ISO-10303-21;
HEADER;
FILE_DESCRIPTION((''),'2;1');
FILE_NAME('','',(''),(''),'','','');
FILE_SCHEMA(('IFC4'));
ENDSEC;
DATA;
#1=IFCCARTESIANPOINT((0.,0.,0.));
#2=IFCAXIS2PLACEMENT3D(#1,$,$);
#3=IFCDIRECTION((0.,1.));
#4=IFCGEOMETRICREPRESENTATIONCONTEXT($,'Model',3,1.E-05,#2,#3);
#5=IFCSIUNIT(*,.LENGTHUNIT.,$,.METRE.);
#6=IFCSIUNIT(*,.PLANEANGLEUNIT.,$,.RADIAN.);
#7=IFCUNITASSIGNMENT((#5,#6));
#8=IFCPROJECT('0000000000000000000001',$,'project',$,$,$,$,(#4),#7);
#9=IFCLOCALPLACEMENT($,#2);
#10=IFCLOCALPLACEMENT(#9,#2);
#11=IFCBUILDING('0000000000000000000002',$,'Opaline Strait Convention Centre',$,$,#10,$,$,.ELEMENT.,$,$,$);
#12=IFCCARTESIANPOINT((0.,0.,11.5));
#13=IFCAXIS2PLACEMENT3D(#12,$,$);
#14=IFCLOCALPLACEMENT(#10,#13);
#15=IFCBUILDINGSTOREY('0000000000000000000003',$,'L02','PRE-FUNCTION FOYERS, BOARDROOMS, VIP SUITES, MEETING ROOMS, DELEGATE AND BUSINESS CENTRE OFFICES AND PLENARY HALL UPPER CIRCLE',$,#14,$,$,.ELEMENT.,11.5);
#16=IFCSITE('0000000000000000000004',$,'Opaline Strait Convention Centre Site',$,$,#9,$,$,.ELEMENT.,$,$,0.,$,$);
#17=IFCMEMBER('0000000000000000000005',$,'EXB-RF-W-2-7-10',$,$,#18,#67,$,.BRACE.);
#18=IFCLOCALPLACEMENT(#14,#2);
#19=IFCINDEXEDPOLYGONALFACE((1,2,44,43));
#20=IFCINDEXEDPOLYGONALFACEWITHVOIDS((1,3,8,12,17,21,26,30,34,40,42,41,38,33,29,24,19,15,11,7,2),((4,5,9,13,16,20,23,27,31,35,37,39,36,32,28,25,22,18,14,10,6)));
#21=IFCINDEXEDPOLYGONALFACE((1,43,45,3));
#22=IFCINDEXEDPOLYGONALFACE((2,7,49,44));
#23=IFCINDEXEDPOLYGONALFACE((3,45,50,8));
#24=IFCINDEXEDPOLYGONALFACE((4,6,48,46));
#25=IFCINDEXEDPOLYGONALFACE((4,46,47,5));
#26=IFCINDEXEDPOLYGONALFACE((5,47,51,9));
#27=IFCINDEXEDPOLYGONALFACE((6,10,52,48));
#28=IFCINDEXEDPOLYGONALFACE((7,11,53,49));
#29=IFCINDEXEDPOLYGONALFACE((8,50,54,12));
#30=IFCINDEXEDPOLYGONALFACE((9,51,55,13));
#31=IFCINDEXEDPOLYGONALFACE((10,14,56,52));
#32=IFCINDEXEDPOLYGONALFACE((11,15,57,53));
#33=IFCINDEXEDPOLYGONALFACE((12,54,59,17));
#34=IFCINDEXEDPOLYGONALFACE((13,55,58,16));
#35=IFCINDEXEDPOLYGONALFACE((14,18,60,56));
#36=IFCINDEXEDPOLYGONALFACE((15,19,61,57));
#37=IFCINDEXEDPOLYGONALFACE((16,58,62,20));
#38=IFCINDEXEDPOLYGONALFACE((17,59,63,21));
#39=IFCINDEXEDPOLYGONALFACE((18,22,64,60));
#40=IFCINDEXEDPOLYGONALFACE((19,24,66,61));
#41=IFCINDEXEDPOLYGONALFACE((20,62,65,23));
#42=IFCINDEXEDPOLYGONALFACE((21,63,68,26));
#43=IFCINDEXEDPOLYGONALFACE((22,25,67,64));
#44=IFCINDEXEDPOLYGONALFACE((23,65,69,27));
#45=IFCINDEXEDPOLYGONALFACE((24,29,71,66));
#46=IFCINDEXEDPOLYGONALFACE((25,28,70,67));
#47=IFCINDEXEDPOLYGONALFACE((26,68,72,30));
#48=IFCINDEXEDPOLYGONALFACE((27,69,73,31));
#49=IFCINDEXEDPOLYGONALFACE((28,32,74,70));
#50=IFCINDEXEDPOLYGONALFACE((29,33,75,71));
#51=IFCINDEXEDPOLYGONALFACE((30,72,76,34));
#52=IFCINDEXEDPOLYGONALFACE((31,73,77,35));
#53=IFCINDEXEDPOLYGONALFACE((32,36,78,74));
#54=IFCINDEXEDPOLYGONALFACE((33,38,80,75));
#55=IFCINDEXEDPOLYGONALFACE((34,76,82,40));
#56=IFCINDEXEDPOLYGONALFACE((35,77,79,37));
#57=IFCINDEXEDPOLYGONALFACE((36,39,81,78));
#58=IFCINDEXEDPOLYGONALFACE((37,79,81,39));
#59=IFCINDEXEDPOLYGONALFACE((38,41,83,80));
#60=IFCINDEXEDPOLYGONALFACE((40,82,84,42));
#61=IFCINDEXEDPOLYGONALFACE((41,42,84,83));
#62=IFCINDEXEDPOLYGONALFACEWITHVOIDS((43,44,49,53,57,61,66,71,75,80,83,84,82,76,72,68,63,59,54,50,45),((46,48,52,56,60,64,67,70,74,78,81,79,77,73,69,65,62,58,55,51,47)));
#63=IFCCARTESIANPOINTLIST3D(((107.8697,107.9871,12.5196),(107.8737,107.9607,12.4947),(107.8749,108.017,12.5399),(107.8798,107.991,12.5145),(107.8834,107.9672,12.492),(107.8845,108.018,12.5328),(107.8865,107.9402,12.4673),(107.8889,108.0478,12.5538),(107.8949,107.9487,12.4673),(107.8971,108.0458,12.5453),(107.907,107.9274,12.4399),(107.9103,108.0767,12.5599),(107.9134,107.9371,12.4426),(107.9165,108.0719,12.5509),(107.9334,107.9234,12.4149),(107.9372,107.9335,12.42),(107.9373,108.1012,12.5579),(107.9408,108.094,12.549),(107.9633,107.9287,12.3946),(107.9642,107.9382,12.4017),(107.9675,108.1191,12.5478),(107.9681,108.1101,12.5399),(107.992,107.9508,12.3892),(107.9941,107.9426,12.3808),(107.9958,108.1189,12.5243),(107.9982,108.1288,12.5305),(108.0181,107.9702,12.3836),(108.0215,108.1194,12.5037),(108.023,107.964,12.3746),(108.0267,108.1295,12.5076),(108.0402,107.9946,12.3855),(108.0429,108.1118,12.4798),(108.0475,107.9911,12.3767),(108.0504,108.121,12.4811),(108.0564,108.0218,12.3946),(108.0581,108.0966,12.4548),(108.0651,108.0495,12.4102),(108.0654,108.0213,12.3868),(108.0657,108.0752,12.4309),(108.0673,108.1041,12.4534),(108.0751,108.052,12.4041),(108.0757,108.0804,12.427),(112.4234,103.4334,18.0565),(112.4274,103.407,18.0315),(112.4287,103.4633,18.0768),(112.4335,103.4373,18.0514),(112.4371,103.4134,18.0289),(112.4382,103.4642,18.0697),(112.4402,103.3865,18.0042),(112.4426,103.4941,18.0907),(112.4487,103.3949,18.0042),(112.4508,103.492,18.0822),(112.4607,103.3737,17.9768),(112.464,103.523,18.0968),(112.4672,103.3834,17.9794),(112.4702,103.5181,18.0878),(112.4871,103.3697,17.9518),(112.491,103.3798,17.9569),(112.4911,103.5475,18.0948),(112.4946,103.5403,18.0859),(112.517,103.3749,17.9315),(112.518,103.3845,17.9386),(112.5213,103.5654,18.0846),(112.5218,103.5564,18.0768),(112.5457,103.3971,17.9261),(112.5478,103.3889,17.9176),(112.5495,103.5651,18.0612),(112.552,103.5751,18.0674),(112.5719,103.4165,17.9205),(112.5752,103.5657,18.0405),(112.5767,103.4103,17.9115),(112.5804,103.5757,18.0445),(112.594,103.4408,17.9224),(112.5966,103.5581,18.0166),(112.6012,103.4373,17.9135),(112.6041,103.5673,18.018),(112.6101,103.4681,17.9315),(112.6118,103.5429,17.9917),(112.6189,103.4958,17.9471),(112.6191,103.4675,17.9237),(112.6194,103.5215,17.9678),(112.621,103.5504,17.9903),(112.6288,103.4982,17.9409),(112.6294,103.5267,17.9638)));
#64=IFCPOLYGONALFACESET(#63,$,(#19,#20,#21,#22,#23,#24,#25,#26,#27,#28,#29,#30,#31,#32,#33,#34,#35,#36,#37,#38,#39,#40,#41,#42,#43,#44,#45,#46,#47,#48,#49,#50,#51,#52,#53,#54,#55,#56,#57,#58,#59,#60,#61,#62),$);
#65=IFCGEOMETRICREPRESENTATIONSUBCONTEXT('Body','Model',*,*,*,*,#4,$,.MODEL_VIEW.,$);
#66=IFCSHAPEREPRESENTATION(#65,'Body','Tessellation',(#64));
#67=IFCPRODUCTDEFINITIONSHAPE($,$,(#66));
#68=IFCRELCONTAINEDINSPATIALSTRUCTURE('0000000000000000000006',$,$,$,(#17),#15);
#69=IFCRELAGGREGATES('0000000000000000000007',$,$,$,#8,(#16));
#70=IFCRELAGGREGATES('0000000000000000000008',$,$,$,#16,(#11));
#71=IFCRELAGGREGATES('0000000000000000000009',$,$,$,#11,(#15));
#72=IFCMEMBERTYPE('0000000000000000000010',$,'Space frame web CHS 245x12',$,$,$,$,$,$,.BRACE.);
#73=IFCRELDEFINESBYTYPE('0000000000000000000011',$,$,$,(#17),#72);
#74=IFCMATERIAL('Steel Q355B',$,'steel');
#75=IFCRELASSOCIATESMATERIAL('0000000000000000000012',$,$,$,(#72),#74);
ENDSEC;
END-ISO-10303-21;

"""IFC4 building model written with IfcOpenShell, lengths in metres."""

from ifc_helpers import new_model, si_unit, direction, frame, origin, origin_2d, place, context, subcontext, project, spatial, hollow_circle, extrude, material, material_profile, profile_set, type_object, element, save


model = new_model("IFC4")

# Units and contexts
model_context = context("Model", 3, precision=1e-05, world=origin(), true_north=direction((0.0, 1.0)))
body_context = subcontext(model_context, "Body", "Model", "MODEL_VIEW")
ifc_project = project(units=[si_unit("LENGTHUNIT", "METRE"), si_unit("PLANEANGLEUNIT", "RADIAN")], contexts=[model_context])

# Site, building, storey
site_placement = place(None, origin())
site = spatial("IfcSite", under=ifc_project, at=site_placement, Name="Opaline Strait Convention Centre Site", CompositionType="ELEMENT", RefElevation=0.0)
building_placement = place(site_placement, origin())
building = spatial("IfcBuilding", under=site, at=building_placement, Name="Opaline Strait Convention Centre", CompositionType="ELEMENT")
storey_placement = place(building_placement, frame((0.0, 0.0, 11.5)))
storey = spatial("IfcBuildingStorey", under=building, at=storey_placement, Name="L02", Description="PRE-FUNCTION FOYERS, BOARDROOMS, VIP SUITES, MEETING ROOMS, DELEGATE AND BUSINESS CENTRE OFFICES AND PLENARY HALL UPPER CIRCLE", CompositionType="ELEMENT", Elevation=11.5)

# Member
ifc_material = material(Name="Steel Q355B", Category="steel")
ifc_material_profile_1 = material_profile(ifc_material, hollow_circle(Radius=0.1226, WallThickness=0.012, at=origin_2d()), Name="CHS 245x12")
ifc_profile_set_1 = profile_set([ifc_material_profile_1], Name="Steel Q355B")
member_type_1 = type_object("IfcMemberType", Name="Space frame web CHS 245x12", PredefinedType="BRACE", material=ifc_profile_set_1)
for number, where, z_axis, x_axis, name in (
    (1, (112.5269, 103.4731, 18.0042), (-0.536178, 0.536178, -0.65194), (-0.707107, -0.707107, 0.0), "EXB-RF-W-2-7-10"),
):
    element("IfcMember", number, at=place(storey_placement, frame(where, z_axis=z_axis, x_axis=x_axis)), inside=storey, type_object=member_type_1, Name=name, PredefinedType="BRACE", context=body_context, shape_type="SweptSolid", body=[
        extrude(hollow_circle(Radius=0.1226, WallThickness=0.012, at=origin_2d()), origin(), (0.0, 0.0, 1.0), 8.4929),
    ])

save(model, "model.ifc")
